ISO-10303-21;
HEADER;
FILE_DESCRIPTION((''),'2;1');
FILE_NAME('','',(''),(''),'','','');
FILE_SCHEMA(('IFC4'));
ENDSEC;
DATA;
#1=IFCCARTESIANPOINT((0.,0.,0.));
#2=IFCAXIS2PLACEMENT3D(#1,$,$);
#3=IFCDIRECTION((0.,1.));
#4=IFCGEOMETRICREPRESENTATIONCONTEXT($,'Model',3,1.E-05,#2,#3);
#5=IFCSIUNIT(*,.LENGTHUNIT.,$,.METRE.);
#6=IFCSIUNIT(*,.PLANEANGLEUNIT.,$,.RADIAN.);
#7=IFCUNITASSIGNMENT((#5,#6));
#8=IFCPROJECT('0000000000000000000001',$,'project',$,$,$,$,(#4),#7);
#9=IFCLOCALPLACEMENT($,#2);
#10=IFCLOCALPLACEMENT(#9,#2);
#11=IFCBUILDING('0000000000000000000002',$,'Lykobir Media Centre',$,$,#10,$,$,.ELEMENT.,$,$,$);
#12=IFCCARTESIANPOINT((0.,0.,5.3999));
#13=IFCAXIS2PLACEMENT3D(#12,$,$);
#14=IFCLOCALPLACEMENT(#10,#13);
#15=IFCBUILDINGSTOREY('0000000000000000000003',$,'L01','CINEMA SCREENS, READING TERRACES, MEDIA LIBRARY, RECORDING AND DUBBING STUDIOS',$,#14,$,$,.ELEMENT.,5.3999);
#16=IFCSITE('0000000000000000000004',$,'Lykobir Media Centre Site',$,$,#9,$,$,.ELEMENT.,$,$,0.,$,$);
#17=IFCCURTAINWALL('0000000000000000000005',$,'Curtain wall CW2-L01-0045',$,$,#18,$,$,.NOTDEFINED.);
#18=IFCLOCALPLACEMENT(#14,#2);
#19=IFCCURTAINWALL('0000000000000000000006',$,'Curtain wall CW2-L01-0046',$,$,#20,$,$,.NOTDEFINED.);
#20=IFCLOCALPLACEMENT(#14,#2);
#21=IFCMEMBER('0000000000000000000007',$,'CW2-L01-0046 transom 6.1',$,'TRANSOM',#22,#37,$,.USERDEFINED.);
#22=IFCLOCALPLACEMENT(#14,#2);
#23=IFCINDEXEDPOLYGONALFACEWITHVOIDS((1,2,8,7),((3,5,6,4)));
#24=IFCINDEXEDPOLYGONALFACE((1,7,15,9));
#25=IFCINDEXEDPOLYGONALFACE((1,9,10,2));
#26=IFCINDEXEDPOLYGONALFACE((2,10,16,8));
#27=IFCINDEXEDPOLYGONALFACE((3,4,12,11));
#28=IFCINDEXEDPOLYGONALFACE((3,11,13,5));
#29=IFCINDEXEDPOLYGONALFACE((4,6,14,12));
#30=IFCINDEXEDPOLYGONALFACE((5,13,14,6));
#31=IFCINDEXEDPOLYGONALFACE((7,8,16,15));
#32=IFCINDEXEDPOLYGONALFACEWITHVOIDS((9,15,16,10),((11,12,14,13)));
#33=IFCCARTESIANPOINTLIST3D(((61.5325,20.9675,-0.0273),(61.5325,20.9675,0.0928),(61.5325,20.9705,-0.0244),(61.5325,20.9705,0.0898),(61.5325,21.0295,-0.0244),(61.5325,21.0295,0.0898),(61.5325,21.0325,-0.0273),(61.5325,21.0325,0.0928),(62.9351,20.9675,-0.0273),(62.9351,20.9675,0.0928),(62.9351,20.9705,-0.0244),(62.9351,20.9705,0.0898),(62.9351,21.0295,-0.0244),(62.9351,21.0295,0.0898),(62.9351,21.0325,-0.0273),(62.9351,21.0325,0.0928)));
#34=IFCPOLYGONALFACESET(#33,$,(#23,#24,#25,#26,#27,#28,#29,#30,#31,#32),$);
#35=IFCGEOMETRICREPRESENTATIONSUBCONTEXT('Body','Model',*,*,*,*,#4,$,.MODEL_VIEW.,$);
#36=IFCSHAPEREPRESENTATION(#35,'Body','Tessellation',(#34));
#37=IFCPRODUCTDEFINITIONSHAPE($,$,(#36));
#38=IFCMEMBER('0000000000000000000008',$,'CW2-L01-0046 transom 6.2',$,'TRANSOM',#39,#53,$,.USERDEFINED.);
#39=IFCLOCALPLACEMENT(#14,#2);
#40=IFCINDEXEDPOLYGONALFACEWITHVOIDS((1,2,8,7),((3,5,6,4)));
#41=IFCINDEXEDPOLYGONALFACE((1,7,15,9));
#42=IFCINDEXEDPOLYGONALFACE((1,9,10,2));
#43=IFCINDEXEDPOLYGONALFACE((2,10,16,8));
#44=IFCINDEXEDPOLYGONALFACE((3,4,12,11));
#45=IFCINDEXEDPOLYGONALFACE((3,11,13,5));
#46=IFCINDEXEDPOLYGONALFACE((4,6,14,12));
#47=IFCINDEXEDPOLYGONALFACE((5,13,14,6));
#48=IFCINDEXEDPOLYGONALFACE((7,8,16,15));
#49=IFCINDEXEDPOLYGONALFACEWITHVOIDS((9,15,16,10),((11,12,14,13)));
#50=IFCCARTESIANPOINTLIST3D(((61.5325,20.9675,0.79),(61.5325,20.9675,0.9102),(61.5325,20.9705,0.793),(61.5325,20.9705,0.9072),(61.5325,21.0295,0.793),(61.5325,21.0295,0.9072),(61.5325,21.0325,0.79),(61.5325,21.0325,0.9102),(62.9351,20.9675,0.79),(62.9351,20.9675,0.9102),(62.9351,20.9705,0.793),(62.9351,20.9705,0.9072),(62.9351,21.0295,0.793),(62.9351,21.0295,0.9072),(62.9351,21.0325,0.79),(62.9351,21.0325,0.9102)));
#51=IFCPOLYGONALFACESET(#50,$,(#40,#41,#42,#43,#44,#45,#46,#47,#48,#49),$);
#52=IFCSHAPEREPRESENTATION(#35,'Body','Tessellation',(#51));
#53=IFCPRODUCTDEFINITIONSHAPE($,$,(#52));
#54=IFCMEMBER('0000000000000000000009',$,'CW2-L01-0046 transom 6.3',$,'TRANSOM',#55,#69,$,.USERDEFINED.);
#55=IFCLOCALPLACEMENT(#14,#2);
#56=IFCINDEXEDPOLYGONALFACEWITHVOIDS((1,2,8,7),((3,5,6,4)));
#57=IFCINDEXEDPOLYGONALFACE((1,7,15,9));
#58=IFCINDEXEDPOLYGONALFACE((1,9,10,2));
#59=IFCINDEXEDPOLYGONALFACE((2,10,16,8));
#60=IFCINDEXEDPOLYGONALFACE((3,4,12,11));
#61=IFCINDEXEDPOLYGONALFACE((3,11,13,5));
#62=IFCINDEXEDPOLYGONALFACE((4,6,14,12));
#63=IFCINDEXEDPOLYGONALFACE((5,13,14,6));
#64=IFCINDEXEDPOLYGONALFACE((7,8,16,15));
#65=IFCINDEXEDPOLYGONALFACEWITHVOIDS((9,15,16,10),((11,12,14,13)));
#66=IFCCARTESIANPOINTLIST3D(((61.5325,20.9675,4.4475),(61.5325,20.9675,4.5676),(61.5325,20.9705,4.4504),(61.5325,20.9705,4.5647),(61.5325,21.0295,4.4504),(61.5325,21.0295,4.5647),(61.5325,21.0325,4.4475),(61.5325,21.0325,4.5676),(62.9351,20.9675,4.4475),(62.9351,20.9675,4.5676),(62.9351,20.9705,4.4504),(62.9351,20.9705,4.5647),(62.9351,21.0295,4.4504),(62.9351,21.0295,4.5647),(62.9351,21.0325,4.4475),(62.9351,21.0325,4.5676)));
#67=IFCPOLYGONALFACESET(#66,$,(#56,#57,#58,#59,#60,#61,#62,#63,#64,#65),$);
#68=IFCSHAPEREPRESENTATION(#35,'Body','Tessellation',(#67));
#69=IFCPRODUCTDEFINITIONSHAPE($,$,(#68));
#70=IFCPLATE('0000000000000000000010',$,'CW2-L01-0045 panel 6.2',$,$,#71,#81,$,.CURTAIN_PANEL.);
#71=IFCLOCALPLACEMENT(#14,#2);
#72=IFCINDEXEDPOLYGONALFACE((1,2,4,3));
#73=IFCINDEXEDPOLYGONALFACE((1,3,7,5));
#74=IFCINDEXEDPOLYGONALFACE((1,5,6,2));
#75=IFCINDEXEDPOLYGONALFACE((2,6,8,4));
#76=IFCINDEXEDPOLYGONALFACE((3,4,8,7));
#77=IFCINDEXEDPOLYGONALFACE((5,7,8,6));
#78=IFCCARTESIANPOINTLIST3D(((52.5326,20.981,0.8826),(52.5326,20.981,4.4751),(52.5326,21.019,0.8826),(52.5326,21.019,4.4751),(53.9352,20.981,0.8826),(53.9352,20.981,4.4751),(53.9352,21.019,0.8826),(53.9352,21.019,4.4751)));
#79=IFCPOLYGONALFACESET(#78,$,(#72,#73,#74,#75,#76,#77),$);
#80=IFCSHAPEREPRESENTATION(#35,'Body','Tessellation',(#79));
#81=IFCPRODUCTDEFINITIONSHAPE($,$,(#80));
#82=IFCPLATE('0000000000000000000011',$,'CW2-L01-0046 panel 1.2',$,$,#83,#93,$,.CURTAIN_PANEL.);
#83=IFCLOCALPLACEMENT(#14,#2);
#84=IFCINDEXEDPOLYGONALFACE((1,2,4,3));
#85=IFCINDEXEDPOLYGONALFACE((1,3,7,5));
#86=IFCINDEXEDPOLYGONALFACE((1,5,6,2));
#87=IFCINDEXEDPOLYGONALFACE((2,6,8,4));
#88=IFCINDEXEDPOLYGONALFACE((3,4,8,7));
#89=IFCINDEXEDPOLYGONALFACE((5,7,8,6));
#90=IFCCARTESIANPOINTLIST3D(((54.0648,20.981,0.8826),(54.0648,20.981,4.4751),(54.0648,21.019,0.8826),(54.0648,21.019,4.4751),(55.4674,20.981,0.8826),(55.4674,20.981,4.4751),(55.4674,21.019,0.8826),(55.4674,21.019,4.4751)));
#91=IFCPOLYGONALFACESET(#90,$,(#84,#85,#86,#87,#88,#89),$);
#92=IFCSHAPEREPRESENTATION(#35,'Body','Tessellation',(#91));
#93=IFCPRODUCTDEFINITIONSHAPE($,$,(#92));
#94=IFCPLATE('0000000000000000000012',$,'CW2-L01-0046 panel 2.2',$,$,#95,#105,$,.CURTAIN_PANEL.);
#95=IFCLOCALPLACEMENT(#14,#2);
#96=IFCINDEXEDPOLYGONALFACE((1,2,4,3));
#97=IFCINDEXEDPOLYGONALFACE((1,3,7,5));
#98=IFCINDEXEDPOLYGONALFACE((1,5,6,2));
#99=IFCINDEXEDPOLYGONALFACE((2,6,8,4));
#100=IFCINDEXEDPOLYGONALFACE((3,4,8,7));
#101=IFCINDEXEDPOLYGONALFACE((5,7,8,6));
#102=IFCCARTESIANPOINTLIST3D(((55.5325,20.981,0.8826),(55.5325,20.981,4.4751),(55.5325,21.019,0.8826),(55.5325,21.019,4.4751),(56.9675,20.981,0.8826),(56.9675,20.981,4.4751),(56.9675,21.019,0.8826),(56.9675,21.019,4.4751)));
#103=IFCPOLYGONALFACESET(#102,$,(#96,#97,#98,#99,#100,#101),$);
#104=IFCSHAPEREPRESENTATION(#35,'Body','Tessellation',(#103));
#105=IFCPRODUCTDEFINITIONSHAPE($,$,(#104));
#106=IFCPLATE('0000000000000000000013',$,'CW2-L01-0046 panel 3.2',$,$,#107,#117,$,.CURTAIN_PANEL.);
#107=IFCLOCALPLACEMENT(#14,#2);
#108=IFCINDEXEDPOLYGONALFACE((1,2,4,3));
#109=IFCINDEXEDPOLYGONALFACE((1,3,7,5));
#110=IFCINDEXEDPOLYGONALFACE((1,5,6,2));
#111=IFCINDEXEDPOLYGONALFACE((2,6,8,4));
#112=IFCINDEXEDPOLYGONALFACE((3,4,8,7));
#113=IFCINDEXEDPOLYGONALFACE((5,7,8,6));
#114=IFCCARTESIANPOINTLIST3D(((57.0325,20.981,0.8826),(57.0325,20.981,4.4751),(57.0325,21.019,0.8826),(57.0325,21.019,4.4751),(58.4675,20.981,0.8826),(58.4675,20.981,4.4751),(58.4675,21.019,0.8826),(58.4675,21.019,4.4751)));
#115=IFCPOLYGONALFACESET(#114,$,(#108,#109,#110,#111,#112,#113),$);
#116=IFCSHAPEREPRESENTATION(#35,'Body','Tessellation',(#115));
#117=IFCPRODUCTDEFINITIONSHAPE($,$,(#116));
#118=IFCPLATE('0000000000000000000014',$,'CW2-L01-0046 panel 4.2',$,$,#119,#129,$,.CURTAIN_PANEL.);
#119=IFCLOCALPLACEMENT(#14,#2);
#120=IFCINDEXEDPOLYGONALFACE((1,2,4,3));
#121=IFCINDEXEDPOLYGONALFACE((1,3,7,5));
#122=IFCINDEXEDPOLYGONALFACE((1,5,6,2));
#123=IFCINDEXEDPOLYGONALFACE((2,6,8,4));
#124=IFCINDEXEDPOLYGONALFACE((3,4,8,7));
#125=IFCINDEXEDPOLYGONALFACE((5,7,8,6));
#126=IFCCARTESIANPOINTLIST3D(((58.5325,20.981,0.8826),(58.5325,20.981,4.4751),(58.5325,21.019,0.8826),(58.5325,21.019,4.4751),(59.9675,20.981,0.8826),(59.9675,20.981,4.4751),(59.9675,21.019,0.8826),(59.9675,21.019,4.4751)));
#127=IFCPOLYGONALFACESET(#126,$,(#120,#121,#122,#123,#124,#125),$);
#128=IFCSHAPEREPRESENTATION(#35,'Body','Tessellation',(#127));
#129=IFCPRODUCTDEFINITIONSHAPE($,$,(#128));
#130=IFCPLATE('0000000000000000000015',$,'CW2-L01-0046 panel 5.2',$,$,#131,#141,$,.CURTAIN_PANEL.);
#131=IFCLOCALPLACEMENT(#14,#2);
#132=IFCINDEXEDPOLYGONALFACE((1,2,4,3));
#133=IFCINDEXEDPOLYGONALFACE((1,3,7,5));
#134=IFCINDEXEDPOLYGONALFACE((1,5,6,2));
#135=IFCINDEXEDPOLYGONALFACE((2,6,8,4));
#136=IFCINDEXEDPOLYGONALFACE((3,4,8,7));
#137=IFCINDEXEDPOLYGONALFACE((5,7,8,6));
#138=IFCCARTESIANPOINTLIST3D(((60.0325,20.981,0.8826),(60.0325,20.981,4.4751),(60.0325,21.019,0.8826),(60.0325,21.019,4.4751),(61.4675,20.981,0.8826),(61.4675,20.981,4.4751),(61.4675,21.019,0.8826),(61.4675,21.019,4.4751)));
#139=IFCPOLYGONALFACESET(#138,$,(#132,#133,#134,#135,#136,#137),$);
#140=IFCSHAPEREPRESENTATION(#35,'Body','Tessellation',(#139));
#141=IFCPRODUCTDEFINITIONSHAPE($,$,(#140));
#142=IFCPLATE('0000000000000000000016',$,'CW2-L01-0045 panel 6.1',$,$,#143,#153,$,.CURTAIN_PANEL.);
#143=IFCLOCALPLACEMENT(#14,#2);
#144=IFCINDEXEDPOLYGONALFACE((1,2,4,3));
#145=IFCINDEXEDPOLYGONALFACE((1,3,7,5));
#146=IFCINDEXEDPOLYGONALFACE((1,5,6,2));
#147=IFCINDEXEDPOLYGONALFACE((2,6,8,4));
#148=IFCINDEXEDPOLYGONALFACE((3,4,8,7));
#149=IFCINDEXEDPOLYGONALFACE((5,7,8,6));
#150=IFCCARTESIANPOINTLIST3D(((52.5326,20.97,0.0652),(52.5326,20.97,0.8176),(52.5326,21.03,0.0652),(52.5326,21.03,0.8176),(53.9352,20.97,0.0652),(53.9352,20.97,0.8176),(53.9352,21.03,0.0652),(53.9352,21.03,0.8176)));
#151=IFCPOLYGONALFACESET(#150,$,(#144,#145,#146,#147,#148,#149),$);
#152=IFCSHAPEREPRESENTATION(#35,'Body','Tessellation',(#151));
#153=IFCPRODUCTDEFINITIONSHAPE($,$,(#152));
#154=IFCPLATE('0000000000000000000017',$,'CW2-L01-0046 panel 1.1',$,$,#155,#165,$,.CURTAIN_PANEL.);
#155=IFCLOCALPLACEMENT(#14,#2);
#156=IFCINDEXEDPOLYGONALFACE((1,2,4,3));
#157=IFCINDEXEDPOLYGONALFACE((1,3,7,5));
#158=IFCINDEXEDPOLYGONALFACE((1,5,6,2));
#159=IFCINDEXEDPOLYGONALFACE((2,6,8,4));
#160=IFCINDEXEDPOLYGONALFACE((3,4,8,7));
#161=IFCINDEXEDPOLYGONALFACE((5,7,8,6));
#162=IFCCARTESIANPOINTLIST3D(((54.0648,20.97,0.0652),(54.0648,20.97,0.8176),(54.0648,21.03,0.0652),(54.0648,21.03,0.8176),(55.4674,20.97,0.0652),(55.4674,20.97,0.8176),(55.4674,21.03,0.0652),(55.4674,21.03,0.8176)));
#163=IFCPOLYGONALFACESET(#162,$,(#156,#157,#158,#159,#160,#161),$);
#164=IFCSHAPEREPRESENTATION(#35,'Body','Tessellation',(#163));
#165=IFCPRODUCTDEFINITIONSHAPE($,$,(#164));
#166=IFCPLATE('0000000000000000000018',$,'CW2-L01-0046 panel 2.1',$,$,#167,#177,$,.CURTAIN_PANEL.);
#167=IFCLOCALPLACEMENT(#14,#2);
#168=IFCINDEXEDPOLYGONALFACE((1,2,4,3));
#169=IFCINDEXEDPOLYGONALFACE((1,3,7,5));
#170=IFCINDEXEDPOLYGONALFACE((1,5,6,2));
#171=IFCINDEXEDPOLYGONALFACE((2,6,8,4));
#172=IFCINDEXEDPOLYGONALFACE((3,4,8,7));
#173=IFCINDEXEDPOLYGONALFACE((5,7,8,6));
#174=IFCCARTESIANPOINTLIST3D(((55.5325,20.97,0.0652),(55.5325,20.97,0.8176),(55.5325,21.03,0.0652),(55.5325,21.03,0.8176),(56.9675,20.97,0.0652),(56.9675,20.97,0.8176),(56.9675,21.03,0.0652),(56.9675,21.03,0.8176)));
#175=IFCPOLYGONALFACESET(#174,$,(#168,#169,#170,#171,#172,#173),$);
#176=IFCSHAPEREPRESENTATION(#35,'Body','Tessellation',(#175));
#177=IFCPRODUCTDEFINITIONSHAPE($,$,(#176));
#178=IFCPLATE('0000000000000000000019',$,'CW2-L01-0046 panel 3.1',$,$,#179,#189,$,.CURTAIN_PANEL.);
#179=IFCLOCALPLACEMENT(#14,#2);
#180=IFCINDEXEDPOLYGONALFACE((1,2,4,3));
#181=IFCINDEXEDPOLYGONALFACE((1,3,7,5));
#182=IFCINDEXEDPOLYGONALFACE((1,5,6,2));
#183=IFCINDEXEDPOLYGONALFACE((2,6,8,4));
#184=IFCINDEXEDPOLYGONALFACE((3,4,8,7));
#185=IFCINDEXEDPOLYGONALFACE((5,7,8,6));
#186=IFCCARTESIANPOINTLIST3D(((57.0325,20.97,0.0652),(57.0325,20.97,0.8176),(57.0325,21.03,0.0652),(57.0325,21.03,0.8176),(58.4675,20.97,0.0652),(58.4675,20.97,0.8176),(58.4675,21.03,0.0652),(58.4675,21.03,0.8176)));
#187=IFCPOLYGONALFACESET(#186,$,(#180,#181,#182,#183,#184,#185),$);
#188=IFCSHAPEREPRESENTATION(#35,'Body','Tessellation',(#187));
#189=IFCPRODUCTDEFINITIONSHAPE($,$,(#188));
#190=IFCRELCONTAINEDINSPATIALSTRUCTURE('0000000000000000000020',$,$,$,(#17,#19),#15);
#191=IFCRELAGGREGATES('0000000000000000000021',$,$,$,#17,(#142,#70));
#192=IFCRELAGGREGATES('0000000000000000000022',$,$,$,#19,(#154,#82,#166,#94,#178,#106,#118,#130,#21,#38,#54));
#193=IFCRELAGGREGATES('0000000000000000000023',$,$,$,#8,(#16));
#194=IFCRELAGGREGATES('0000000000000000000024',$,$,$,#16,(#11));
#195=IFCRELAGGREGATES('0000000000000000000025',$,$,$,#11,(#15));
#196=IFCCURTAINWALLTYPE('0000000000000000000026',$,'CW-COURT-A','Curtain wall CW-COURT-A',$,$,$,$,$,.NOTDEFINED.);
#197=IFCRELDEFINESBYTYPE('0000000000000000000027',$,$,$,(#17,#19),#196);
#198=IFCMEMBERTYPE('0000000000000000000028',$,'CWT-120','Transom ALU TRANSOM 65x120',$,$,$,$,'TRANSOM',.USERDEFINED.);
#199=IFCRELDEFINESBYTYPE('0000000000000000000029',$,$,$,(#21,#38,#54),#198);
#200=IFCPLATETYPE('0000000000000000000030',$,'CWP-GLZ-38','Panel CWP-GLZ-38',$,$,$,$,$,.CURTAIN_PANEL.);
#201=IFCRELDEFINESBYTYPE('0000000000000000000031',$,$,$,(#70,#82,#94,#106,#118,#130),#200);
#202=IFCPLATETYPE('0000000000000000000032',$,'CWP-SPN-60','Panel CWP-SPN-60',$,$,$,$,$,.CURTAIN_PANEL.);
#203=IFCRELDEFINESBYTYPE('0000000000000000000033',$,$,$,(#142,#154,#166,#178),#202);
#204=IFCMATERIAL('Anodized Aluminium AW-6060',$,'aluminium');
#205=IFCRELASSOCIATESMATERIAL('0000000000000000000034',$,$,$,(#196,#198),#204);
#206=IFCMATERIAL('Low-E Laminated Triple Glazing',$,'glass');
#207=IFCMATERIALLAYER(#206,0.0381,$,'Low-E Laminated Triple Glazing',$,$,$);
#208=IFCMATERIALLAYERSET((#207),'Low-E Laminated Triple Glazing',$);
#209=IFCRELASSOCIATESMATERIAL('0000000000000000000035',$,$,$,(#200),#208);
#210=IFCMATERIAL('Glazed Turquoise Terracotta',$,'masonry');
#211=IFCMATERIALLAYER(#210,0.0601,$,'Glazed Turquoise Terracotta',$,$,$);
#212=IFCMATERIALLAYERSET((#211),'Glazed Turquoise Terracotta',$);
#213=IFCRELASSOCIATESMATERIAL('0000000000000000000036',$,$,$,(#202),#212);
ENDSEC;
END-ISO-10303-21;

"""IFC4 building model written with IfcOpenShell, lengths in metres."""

from ifc_helpers import new_model, si_unit, direction, frame, origin, origin_2d, place, context, subcontext, project, spatial, rectangle, hollow_rectangle, extrude, material, layer, layer_set, material_profile, profile_set, type_object, element, aggregate, save


model = new_model("IFC4")

# Units and contexts
model_context = context("Model", 3, precision=1e-05, world=origin(), true_north=direction((0.0, 1.0)))
body_context = subcontext(model_context, "Body", "Model", "MODEL_VIEW")
ifc_project = project(units=[si_unit("LENGTHUNIT", "METRE"), si_unit("PLANEANGLEUNIT", "RADIAN")], contexts=[model_context])

# Site, building, storey
site_placement = place(None, origin())
site = spatial("IfcSite", under=ifc_project, at=site_placement, Name="Lykobir Media Centre Site", CompositionType="ELEMENT", RefElevation=0.0)
building_placement = place(site_placement, origin())
building = spatial("IfcBuilding", under=site, at=building_placement, Name="Lykobir Media Centre", CompositionType="ELEMENT")
storey_placement = place(building_placement, frame((0.0, 0.0, 5.3999)))
storey = spatial("IfcBuildingStorey", under=building, at=storey_placement, Name="L01", Description="CINEMA SCREENS, READING TERRACES, MEDIA LIBRARY, RECORDING AND DUBBING STUDIOS", CompositionType="ELEMENT", Elevation=5.3999)

# Curtain wall
ifc_material_1 = material(Name="Anodized Aluminium AW-6060", Category="aluminium")
curtain_wall_type = type_object("IfcCurtainWallType", Name="CW-COURT-A", Description="Curtain wall CW-COURT-A", PredefinedType="NOTDEFINED", material=ifc_material_1)
curtain_wall_1_placement = place(storey_placement, origin())
curtain_wall_1 = element("IfcCurtainWall", 1, at=curtain_wall_1_placement, inside=storey, type_object=curtain_wall_type, Name="Curtain wall CW2-L01-0045", PredefinedType="NOTDEFINED")

# Curtain wall, members
curtain_wall_2_placement = place(storey_placement, origin())
curtain_wall_2 = element("IfcCurtainWall", 2, at=curtain_wall_2_placement, inside=storey, type_object=curtain_wall_type, Name="Curtain wall CW2-L01-0046", PredefinedType="NOTDEFINED")
ifc_material_profile_1 = material_profile(ifc_material_1, hollow_rectangle(XDim=0.0649, YDim=0.1201, WallThickness=0.0029, at=origin_2d()), Name="ALU TRANSOM 65x120")
ifc_profile_set_1 = profile_set([ifc_material_profile_1], Name="Anodized Aluminium AW-6060")
member_type_1 = type_object("IfcMemberType", Name="CWT-120", Description="Transom ALU TRANSOM 65x120", ElementType="TRANSOM", PredefinedType="USERDEFINED", material=ifc_profile_set_1)
member_1_placement = place(storey_placement, frame((61.5325, 21.0, 0.0327), z_axis=(1.0, 0.0, 0.0), x_axis=(0.0, 1.0, 0.0)))
member_1 = element("IfcMember", 3, at=member_1_placement, type_object=member_type_1, Name="CW2-L01-0046 transom 6.1", ObjectType="TRANSOM", PredefinedType="USERDEFINED", context=body_context, shape_type="SweptSolid", body=[
    extrude(hollow_rectangle(XDim=0.0649, YDim=0.1201, WallThickness=0.0029, at=origin_2d()), origin(), (0.0, 0.0, 1.0), 1.4026),
])
member_2_placement = place(storey_placement, frame((61.5325, 21.0, 0.8501), z_axis=(1.0, 0.0, 0.0), x_axis=(0.0, 1.0, 0.0)))
member_2 = element("IfcMember", 4, at=member_2_placement, type_object=member_type_1, Name="CW2-L01-0046 transom 6.2", ObjectType="TRANSOM", PredefinedType="USERDEFINED", context=body_context, shape_type="SweptSolid", body=[
    extrude(hollow_rectangle(XDim=0.0649, YDim=0.1201, WallThickness=0.0029, at=origin_2d()), origin(), (0.0, 0.0, 1.0), 1.4026),
])
member_3_placement = place(storey_placement, frame((61.5325, 21.0, 4.5076), z_axis=(1.0, 0.0, 0.0), x_axis=(0.0, 1.0, 0.0)))
member_3 = element("IfcMember", 5, at=member_3_placement, type_object=member_type_1, Name="CW2-L01-0046 transom 6.3", ObjectType="TRANSOM", PredefinedType="USERDEFINED", context=body_context, shape_type="SweptSolid", body=[
    extrude(hollow_rectangle(XDim=0.0649, YDim=0.1201, WallThickness=0.0029, at=origin_2d()), origin(), (0.0, 0.0, 1.0), 1.4026),
])

# Plates
ifc_material_2 = material(Name="Low-E Laminated Triple Glazing", Category="glass")
ifc_layer_1 = layer(ifc_material_2, 0.0381, Name="Low-E Laminated Triple Glazing")
ifc_layer_set_1 = layer_set([ifc_layer_1], Name="Low-E Laminated Triple Glazing")
plate_type_1 = type_object("IfcPlateType", Name="CWP-GLZ-38", Description="Panel CWP-GLZ-38", PredefinedType="CURTAIN_PANEL", material=ifc_layer_set_1)
plate_1_placement = place(storey_placement, frame((53.2339, 21.0, 0.8826), z_axis=(0.0, 0.0, 1.0), x_axis=(1.0, 0.0, 0.0)))
plate_1 = element("IfcPlate", 6, at=plate_1_placement, type_object=plate_type_1, Name="CW2-L01-0045 panel 6.2", PredefinedType="CURTAIN_PANEL", context=body_context, shape_type="SweptSolid", body=[
    extrude(rectangle(XDim=1.4026, YDim=0.0381, at=origin_2d()), origin(), (0.0, 0.0, 1.0), 3.5925),
])
plate_2_placement = place(storey_placement, frame((54.7661, 21.0, 0.8826), z_axis=(0.0, 0.0, 1.0), x_axis=(1.0, 0.0, 0.0)))
plate_2 = element("IfcPlate", 7, at=plate_2_placement, type_object=plate_type_1, Name="CW2-L01-0046 panel 1.2", PredefinedType="CURTAIN_PANEL", context=body_context, shape_type="SweptSolid", body=[
    extrude(rectangle(XDim=1.4026, YDim=0.0381, at=origin_2d()), origin(), (0.0, 0.0, 1.0), 3.5925),
])
plate_3_placement = place(storey_placement, frame((56.25, 21.0, 0.8826), z_axis=(0.0, 0.0, 1.0), x_axis=(1.0, 0.0, 0.0)))
plate_3 = element("IfcPlate", 8, at=plate_3_placement, type_object=plate_type_1, Name="CW2-L01-0046 panel 2.2", PredefinedType="CURTAIN_PANEL", context=body_context, shape_type="SweptSolid", body=[
    extrude(rectangle(XDim=1.4351, YDim=0.0381, at=origin_2d()), origin(), (0.0, 0.0, 1.0), 3.5925),
])
plate_4_placement = place(storey_placement, frame((57.75, 21.0, 0.8826), z_axis=(0.0, 0.0, 1.0), x_axis=(1.0, 0.0, 0.0)))
plate_4 = element("IfcPlate", 9, at=plate_4_placement, type_object=plate_type_1, Name="CW2-L01-0046 panel 3.2", PredefinedType="CURTAIN_PANEL", context=body_context, shape_type="SweptSolid", body=[
    extrude(rectangle(XDim=1.4351, YDim=0.0381, at=origin_2d()), origin(), (0.0, 0.0, 1.0), 3.5925),
])
plate_5_placement = place(storey_placement, frame((59.25, 21.0, 0.8826), z_axis=(0.0, 0.0, 1.0), x_axis=(1.0, 0.0, 0.0)))
plate_5 = element("IfcPlate", 10, at=plate_5_placement, type_object=plate_type_1, Name="CW2-L01-0046 panel 4.2", PredefinedType="CURTAIN_PANEL", context=body_context, shape_type="SweptSolid", body=[
    extrude(rectangle(XDim=1.4351, YDim=0.0381, at=origin_2d()), origin(), (0.0, 0.0, 1.0), 3.5925),
])
plate_6_placement = place(storey_placement, frame((60.75, 21.0, 0.8826), z_axis=(0.0, 0.0, 1.0), x_axis=(1.0, 0.0, 0.0)))
plate_6 = element("IfcPlate", 11, at=plate_6_placement, type_object=plate_type_1, Name="CW2-L01-0046 panel 5.2", PredefinedType="CURTAIN_PANEL", context=body_context, shape_type="SweptSolid", body=[
    extrude(rectangle(XDim=1.4351, YDim=0.0381, at=origin_2d()), origin(), (0.0, 0.0, 1.0), 3.5925),
])
ifc_material_3 = material(Name="Glazed Turquoise Terracotta", Category="masonry")
ifc_layer_2 = layer(ifc_material_3, 0.0601, Name="Glazed Turquoise Terracotta")
ifc_layer_set_2 = layer_set([ifc_layer_2], Name="Glazed Turquoise Terracotta")
plate_type_2 = type_object("IfcPlateType", Name="CWP-SPN-60", Description="Panel CWP-SPN-60", PredefinedType="CURTAIN_PANEL", material=ifc_layer_set_2)
plate_7_placement = place(storey_placement, frame((53.2339, 21.0, 0.0652), z_axis=(0.0, 0.0, 1.0), x_axis=(1.0, 0.0, 0.0)))
plate_7 = element("IfcPlate", 12, at=plate_7_placement, type_object=plate_type_2, Name="CW2-L01-0045 panel 6.1", PredefinedType="CURTAIN_PANEL", context=body_context, shape_type="SweptSolid", body=[
    extrude(rectangle(XDim=1.4026, YDim=0.0601, at=origin_2d()), origin(), (0.0, 0.0, 1.0), 0.7524),
])
aggregate(curtain_wall_1, [plate_7, plate_1])
plate_8_placement = place(storey_placement, frame((54.7661, 21.0, 0.0652), z_axis=(0.0, 0.0, 1.0), x_axis=(1.0, 0.0, 0.0)))
plate_8 = element("IfcPlate", 13, at=plate_8_placement, type_object=plate_type_2, Name="CW2-L01-0046 panel 1.1", PredefinedType="CURTAIN_PANEL", context=body_context, shape_type="SweptSolid", body=[
    extrude(rectangle(XDim=1.4026, YDim=0.0601, at=origin_2d()), origin(), (0.0, 0.0, 1.0), 0.7524),
])
plate_9_placement = place(storey_placement, frame((56.25, 21.0, 0.0652), z_axis=(0.0, 0.0, 1.0), x_axis=(1.0, 0.0, 0.0)))
plate_9 = element("IfcPlate", 14, at=plate_9_placement, type_object=plate_type_2, Name="CW2-L01-0046 panel 2.1", PredefinedType="CURTAIN_PANEL", context=body_context, shape_type="SweptSolid", body=[
    extrude(rectangle(XDim=1.4351, YDim=0.0601, at=origin_2d()), origin(), (0.0, 0.0, 1.0), 0.7524),
])
plate_10_placement = place(storey_placement, frame((57.75, 21.0, 0.0652), z_axis=(0.0, 0.0, 1.0), x_axis=(1.0, 0.0, 0.0)))
plate_10 = element("IfcPlate", 15, at=plate_10_placement, type_object=plate_type_2, Name="CW2-L01-0046 panel 3.1", PredefinedType="CURTAIN_PANEL", context=body_context, shape_type="SweptSolid", body=[
    extrude(rectangle(XDim=1.4351, YDim=0.0601, at=origin_2d()), origin(), (0.0, 0.0, 1.0), 0.7524),
])
aggregate(curtain_wall_2, [plate_8, plate_2, plate_9, plate_3, plate_10, plate_4, plate_5, plate_6, member_1, member_2, member_3])

save(model, "model.ifc")
